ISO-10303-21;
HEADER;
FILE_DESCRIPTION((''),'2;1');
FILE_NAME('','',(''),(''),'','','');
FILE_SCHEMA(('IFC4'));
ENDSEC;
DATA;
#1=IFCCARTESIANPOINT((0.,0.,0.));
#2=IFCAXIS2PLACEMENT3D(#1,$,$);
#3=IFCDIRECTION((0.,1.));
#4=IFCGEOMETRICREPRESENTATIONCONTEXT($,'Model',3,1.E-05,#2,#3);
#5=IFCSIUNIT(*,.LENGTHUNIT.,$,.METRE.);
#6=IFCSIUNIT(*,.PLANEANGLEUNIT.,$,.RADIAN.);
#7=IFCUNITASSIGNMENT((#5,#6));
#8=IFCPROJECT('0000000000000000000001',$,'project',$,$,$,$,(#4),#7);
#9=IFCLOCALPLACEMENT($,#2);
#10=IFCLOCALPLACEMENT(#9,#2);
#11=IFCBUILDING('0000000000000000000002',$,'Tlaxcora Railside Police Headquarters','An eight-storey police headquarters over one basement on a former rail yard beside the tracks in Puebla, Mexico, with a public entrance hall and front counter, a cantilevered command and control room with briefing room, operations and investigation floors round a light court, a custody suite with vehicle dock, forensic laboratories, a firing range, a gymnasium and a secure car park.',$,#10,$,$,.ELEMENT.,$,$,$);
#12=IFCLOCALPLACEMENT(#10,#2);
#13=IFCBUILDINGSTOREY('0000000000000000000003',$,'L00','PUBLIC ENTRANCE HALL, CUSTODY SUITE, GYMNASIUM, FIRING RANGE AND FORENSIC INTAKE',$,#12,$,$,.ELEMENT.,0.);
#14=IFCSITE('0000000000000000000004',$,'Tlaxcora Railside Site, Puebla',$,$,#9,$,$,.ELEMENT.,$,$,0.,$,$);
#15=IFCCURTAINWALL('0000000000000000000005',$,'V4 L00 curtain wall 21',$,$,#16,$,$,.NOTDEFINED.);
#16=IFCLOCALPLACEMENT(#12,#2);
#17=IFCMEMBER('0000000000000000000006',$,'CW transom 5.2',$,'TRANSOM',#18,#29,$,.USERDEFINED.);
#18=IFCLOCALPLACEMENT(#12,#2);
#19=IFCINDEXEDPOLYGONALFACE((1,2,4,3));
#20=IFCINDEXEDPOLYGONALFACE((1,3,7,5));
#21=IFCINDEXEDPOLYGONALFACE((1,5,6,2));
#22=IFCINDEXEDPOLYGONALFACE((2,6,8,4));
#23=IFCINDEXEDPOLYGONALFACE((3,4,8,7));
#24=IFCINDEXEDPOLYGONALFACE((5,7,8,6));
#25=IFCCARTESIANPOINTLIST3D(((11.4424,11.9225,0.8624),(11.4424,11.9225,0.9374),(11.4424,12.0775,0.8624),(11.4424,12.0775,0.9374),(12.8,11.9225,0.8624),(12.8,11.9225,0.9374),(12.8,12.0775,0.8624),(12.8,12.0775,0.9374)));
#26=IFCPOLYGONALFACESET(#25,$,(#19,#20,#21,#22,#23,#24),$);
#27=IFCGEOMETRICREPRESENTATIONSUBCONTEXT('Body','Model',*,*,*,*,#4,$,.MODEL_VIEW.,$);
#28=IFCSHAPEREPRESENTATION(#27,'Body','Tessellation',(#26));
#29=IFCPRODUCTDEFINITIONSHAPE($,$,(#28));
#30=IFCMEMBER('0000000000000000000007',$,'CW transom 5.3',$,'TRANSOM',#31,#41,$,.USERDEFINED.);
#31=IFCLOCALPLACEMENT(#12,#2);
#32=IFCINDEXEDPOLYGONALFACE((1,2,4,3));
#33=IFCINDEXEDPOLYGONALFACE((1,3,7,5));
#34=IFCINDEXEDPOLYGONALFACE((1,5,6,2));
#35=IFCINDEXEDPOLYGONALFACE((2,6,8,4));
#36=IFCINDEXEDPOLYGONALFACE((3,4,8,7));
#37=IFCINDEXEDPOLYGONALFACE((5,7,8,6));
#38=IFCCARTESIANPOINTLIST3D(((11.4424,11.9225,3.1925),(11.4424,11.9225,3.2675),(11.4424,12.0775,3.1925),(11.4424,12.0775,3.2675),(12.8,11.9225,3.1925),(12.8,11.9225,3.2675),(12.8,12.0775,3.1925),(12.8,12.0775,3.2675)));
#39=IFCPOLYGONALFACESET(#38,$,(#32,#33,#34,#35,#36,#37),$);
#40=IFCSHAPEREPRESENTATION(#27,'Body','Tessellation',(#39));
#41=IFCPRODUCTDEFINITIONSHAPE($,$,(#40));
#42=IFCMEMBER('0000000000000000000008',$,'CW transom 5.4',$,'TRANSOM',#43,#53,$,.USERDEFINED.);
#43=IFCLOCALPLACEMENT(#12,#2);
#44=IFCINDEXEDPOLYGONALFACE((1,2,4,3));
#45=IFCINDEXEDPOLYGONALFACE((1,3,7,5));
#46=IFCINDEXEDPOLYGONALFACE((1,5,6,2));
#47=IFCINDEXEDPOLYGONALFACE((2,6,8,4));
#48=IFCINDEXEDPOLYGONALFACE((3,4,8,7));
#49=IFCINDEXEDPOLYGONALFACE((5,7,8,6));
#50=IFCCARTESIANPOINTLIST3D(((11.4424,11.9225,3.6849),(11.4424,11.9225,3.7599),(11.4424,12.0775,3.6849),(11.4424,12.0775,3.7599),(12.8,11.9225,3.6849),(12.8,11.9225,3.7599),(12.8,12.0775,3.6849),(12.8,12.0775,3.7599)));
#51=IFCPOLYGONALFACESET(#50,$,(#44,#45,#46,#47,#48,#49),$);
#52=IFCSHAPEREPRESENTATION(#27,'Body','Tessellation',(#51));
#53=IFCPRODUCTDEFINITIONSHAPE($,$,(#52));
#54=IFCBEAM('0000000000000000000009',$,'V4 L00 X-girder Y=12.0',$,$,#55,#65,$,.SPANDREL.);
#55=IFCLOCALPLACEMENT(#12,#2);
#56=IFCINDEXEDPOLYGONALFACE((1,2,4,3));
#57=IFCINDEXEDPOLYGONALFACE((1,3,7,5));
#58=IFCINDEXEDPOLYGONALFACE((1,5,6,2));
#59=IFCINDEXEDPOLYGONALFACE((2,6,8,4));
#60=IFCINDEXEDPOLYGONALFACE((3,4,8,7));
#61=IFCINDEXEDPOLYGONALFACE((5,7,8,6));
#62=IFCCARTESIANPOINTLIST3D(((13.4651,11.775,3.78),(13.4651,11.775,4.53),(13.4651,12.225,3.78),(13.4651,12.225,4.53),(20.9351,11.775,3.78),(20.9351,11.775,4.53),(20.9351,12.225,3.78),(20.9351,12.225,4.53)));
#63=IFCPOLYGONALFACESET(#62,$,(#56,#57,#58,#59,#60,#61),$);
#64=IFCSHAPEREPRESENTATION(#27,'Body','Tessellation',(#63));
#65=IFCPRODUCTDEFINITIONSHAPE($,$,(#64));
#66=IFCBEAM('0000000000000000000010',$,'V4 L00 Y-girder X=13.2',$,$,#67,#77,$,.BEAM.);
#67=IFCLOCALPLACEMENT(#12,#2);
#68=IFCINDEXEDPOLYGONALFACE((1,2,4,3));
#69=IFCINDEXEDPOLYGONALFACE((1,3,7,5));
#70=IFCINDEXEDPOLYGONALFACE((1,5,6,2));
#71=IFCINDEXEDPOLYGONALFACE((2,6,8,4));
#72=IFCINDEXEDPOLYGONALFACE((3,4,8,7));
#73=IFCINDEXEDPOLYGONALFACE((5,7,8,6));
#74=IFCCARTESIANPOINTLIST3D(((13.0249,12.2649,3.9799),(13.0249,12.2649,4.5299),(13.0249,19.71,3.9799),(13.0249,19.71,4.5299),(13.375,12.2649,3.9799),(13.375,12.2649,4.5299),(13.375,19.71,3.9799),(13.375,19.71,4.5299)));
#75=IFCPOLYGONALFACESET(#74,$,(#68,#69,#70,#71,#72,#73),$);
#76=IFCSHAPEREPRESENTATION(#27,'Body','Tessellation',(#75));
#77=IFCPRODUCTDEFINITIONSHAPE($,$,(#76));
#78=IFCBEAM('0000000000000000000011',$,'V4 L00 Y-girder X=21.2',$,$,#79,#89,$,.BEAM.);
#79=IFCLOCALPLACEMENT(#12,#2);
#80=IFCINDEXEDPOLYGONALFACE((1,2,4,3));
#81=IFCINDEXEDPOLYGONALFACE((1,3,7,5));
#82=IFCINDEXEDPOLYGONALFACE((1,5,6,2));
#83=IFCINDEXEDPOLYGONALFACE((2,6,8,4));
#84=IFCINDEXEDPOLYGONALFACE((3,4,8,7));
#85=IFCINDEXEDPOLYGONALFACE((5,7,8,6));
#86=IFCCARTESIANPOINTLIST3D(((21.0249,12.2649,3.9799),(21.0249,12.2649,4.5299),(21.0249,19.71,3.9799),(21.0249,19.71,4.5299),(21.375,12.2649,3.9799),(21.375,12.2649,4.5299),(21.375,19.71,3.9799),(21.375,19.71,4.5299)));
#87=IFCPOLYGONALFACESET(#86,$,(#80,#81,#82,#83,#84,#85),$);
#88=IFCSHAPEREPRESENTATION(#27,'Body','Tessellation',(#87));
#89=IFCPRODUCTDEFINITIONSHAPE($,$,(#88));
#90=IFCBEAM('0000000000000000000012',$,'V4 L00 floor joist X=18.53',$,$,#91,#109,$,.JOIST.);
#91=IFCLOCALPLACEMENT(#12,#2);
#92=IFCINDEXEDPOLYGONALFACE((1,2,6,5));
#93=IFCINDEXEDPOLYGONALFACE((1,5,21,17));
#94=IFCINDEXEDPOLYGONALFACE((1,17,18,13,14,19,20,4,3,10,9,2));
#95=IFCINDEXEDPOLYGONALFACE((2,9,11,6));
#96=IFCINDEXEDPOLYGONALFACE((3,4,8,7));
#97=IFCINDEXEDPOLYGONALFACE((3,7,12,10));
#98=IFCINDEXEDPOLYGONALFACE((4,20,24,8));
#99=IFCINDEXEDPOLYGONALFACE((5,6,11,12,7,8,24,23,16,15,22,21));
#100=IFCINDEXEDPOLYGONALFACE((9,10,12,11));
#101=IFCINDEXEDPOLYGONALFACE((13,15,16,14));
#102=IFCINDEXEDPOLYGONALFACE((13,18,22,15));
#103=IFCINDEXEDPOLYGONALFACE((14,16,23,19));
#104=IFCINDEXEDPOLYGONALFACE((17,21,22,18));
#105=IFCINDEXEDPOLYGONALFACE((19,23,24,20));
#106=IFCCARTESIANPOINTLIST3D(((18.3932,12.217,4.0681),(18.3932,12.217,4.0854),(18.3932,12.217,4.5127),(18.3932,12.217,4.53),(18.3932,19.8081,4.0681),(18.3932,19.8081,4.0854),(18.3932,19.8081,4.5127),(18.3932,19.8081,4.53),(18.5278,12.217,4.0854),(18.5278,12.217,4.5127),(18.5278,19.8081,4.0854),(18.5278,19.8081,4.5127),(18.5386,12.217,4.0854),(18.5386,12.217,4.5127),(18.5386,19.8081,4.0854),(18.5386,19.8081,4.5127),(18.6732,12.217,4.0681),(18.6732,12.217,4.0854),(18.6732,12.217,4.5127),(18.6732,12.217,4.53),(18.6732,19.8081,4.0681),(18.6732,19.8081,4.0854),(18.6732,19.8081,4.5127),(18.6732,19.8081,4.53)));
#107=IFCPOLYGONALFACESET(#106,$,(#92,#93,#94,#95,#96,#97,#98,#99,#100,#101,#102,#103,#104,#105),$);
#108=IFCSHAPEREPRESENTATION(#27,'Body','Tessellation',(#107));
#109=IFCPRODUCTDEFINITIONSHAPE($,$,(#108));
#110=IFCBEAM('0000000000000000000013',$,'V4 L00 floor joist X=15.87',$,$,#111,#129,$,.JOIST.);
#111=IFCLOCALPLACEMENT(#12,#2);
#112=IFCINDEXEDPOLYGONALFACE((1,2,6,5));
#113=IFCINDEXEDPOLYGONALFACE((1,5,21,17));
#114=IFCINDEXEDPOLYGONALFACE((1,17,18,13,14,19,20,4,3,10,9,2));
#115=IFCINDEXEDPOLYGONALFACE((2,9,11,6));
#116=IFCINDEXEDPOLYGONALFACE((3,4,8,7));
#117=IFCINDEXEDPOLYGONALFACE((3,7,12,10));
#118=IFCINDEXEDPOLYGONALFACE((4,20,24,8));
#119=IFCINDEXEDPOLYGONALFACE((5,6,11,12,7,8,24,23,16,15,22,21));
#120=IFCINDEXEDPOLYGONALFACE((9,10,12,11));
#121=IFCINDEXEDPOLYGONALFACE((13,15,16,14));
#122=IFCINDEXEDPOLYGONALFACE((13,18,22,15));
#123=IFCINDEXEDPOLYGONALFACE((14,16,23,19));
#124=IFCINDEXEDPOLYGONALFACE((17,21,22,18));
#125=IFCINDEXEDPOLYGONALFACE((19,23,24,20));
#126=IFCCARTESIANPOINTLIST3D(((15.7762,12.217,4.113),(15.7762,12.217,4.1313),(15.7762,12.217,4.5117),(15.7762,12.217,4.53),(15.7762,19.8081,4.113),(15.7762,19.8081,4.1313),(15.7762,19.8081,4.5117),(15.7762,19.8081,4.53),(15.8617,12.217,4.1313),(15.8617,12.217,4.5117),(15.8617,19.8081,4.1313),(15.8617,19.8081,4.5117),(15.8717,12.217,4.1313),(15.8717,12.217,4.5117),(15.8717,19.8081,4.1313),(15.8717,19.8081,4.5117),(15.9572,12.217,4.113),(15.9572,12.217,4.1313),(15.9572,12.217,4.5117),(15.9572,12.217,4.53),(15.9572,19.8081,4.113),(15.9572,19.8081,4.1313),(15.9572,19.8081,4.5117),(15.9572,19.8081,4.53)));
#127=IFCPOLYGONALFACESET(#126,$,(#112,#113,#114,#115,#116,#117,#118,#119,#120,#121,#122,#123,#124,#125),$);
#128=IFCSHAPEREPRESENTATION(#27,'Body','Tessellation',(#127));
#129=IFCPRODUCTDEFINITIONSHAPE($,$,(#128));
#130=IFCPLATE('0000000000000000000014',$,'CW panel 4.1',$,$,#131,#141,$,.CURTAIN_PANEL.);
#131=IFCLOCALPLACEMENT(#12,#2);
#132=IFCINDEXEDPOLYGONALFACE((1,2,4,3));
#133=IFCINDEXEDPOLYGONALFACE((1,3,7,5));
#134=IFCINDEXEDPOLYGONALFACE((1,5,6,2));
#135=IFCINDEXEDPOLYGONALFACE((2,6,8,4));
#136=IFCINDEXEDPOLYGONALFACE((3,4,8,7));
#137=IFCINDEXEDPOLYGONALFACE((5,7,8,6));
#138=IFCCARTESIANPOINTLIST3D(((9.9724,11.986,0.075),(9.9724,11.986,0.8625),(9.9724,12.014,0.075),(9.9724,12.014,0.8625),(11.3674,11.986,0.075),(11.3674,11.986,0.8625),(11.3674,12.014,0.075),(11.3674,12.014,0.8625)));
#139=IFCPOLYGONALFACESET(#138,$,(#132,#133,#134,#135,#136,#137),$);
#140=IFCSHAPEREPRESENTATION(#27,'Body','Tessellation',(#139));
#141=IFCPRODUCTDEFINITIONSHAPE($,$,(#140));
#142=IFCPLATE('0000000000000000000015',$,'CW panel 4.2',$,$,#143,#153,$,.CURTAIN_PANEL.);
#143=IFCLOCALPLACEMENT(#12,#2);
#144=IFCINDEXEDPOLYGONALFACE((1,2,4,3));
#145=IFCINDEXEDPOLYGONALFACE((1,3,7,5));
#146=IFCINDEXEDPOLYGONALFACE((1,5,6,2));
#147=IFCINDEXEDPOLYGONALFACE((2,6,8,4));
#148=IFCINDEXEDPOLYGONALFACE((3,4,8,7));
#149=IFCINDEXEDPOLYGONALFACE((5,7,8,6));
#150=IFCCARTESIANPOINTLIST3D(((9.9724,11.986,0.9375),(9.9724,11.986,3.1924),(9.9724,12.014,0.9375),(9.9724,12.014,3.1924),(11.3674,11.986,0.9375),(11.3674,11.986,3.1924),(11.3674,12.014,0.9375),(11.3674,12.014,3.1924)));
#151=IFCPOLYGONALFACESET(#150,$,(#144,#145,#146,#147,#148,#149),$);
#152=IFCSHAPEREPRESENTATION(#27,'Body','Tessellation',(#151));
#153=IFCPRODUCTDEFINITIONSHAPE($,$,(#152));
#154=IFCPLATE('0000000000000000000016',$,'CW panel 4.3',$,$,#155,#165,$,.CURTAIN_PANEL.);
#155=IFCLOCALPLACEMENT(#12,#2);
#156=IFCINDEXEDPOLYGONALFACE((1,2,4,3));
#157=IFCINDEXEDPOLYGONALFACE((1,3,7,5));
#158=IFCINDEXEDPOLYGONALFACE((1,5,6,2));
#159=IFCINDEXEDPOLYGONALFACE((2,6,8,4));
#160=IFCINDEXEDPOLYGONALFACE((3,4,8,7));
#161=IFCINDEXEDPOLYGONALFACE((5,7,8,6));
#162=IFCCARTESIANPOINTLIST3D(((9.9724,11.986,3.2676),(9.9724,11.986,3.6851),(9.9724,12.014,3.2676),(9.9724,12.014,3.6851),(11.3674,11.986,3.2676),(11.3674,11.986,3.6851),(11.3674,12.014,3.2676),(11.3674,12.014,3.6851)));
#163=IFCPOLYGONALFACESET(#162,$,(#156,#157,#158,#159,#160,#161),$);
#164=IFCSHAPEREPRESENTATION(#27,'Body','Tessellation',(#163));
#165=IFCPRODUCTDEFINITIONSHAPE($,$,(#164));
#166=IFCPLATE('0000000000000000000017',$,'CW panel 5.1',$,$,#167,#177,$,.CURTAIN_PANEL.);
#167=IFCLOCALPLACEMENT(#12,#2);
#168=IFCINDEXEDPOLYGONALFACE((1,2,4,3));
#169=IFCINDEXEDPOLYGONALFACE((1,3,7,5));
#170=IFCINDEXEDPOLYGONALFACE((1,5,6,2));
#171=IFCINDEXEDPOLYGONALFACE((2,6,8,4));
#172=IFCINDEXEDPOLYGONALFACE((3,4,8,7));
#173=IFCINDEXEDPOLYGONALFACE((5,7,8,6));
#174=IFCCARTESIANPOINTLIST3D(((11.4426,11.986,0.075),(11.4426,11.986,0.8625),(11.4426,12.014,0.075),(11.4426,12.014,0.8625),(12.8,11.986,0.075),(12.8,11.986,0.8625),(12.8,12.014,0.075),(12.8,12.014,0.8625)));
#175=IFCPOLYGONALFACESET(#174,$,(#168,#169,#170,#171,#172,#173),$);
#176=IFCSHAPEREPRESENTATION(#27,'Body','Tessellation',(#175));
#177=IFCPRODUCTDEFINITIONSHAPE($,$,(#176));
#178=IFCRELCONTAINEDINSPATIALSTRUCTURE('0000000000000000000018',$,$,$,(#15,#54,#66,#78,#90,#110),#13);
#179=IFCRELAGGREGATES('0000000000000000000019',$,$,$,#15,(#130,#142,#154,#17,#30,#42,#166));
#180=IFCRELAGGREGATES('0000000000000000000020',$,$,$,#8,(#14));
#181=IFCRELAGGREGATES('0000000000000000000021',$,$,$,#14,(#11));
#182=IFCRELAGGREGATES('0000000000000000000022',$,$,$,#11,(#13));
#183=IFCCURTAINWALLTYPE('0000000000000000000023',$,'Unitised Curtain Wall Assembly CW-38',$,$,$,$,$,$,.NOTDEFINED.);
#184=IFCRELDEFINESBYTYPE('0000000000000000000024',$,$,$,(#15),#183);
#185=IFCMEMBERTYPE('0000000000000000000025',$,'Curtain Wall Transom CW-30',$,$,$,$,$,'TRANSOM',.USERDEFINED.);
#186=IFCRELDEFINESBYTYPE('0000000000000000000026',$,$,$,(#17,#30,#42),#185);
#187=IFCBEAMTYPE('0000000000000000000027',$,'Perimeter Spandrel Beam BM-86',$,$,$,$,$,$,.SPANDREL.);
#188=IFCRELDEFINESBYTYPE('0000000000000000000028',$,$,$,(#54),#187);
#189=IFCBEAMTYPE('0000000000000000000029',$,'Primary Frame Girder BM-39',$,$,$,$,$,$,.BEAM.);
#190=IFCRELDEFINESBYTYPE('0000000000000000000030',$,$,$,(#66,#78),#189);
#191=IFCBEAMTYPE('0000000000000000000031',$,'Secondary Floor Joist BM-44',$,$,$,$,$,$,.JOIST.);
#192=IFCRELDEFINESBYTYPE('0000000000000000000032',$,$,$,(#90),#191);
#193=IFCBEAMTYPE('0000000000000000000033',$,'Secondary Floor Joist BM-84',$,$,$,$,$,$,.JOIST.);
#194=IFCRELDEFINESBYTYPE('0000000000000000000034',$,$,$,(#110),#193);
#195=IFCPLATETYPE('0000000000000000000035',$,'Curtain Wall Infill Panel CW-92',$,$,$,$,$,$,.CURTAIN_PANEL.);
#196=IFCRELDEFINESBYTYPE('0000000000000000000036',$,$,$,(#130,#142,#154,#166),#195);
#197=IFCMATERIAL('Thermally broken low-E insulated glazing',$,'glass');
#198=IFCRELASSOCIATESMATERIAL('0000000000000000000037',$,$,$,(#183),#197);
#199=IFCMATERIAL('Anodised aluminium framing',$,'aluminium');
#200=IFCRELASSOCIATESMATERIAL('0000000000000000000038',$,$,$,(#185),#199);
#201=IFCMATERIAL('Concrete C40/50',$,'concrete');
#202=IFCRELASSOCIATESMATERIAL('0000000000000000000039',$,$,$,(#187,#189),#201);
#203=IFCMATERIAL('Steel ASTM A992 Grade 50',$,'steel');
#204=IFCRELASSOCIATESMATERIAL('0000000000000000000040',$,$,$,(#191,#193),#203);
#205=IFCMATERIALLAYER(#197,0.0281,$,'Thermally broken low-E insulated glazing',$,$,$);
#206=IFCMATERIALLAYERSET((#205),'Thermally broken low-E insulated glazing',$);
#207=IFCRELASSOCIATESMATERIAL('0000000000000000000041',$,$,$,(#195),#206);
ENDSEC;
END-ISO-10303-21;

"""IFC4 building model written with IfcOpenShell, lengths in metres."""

from ifc_helpers import new_model, si_unit, direction, frame, origin, origin_2d, place, context, subcontext, project, spatial, rectangle, i_section, extrude, material, layer, layer_set, material_profile, profile_set, type_object, element, aggregate, save


model = new_model("IFC4")

# Units and contexts
model_context = context("Model", 3, precision=1e-05, world=origin(), true_north=direction((0.0, 1.0)))
body_context = subcontext(model_context, "Body", "Model", "MODEL_VIEW")
ifc_project = project(units=[si_unit("LENGTHUNIT", "METRE"), si_unit("PLANEANGLEUNIT", "RADIAN")], contexts=[model_context])

# Site, building, storey
site_placement = place(None, origin())
site = spatial("IfcSite", under=ifc_project, at=site_placement, Name="Tlaxcora Railside Site, Puebla", CompositionType="ELEMENT", RefElevation=0.0)
building_placement = place(site_placement, origin())
building = spatial("IfcBuilding", under=site, at=building_placement, Name="Tlaxcora Railside Police Headquarters", Description="An eight-storey police headquarters over one basement on a former rail yard beside the tracks in Puebla, Mexico, with a public entrance hall and front counter, a cantilevered command and control room with briefing room, operations and investigation floors round a light court, a custody suite with vehicle dock, forensic laboratories, a firing range, a gymnasium and a secure car park.", CompositionType="ELEMENT")
storey_placement = place(building_placement, origin())
storey = spatial("IfcBuildingStorey", under=building, at=storey_placement, Name="L00", Description="PUBLIC ENTRANCE HALL, CUSTODY SUITE, GYMNASIUM, FIRING RANGE AND FORENSIC INTAKE", CompositionType="ELEMENT", Elevation=0.0)

# Shared definitions
ifc_material_1 = material(Name="Concrete C40/50", Category="concrete")

# Curtain wall, members
ifc_material_2 = material(Name="Thermally broken low-E insulated glazing", Category="glass")
curtain_wall_type = type_object("IfcCurtainWallType", Name="Unitised Curtain Wall Assembly CW-38", PredefinedType="NOTDEFINED", material=ifc_material_2)
curtain_wall_placement = place(storey_placement, origin())
curtain_wall = element("IfcCurtainWall", 1, at=curtain_wall_placement, inside=storey, type_object=curtain_wall_type, Name="V4 L00 curtain wall 21", PredefinedType="NOTDEFINED")
ifc_material_3 = material(Name="Anodised aluminium framing", Category="aluminium")
ifc_material_profile_1 = material_profile(ifc_material_3, rectangle(XDim=0.155, YDim=0.075, at=origin_2d()), Name="AL75X155")
ifc_profile_set_1 = profile_set([ifc_material_profile_1], Name="Anodised aluminium framing")
member_type_1 = type_object("IfcMemberType", Name="Curtain Wall Transom CW-30", ElementType="TRANSOM", PredefinedType="USERDEFINED", material=ifc_profile_set_1)
member_1_placement = place(storey_placement, frame((11.4424, 12.0, 0.8999), z_axis=(1.0, 0.0, 0.0), x_axis=(0.0, 1.0, 0.0)))
member_1 = element("IfcMember", 2, at=member_1_placement, type_object=member_type_1, Name="CW transom 5.2", ObjectType="TRANSOM", PredefinedType="USERDEFINED", context=body_context, shape_type="SweptSolid", body=[
    extrude(rectangle(XDim=0.155, YDim=0.075, at=origin_2d()), origin(), (0.0, 0.0, 1.0), 1.3577),
])
member_2_placement = place(storey_placement, frame((11.4424, 12.0, 3.23), z_axis=(1.0, 0.0, 0.0), x_axis=(0.0, 1.0, 0.0)))
member_2 = element("IfcMember", 3, at=member_2_placement, type_object=member_type_1, Name="CW transom 5.3", ObjectType="TRANSOM", PredefinedType="USERDEFINED", context=body_context, shape_type="SweptSolid", body=[
    extrude(rectangle(XDim=0.155, YDim=0.075, at=origin_2d()), origin(), (0.0, 0.0, 1.0), 1.3577),
])
member_3_placement = place(storey_placement, frame((11.4424, 12.0, 3.7224), z_axis=(1.0, 0.0, 0.0), x_axis=(0.0, 1.0, 0.0)))
member_3 = element("IfcMember", 4, at=member_3_placement, type_object=member_type_1, Name="CW transom 5.4", ObjectType="TRANSOM", PredefinedType="USERDEFINED", context=body_context, shape_type="SweptSolid", body=[
    extrude(rectangle(XDim=0.155, YDim=0.075, at=origin_2d()), origin(), (0.0, 0.0, 1.0), 1.3577),
])

# Beams
ifc_material_profile_2 = material_profile(ifc_material_1, rectangle(XDim=0.45, YDim=0.75, at=origin_2d()), Name="RC450X750")
ifc_profile_set_2 = profile_set([ifc_material_profile_2], Name="Concrete C40/50")
beam_type_1 = type_object("IfcBeamType", Name="Perimeter Spandrel Beam BM-86", PredefinedType="SPANDREL", material=ifc_profile_set_2)
beam_1_placement = place(storey_placement, frame((13.4651, 12.0, 4.155), z_axis=(1.0, 0.0, 0.0), x_axis=(0.0, 1.0, 0.0)))
element("IfcBeam", 5, at=beam_1_placement, inside=storey, type_object=beam_type_1, Name="V4 L00 X-girder Y=12.0", PredefinedType="SPANDREL", context=body_context, shape_type="SweptSolid", body=[
    extrude(rectangle(XDim=0.45, YDim=0.75, at=origin_2d()), origin(), (0.0, 0.0, 1.0), 7.47),
])
ifc_material_profile_3 = material_profile(ifc_material_1, rectangle(XDim=0.3501, YDim=0.55, at=origin_2d()), Name="RC350X550")
ifc_profile_set_3 = profile_set([ifc_material_profile_3], Name="Concrete C40/50")
beam_type_2 = type_object("IfcBeamType", Name="Primary Frame Girder BM-39", PredefinedType="BEAM", material=ifc_profile_set_3)
for number, where, z_axis, x_axis, name in (
    (6, (13.2, 12.2649, 4.2549), (0.0, 1.0, 0.0), (-1.0, 0.0, 0.0), "V4 L00 Y-girder X=13.2"),
    (7, (21.2, 12.2649, 4.2549), (0.0, 1.0, 0.0), (-1.0, 0.0, 0.0), "V4 L00 Y-girder X=21.2"),
):
    element("IfcBeam", number, at=place(storey_placement, frame(where, z_axis=z_axis, x_axis=x_axis)), inside=storey, type_object=beam_type_2, Name=name, PredefinedType="BEAM", context=body_context, shape_type="SweptSolid", body=[
        extrude(rectangle(XDim=0.3501, YDim=0.55, at=origin_2d()), origin(), (0.0, 0.0, 1.0), 7.4451),
    ])
ifc_material_4 = material(Name="Steel ASTM A992 Grade 50", Category="steel")
ifc_material_profile_4 = material_profile(ifc_material_4, i_section(OverallWidth=0.28, OverallDepth=0.4619, WebThickness=0.0107, FlangeThickness=0.0173, at=origin_2d()), Name="W18X76")
ifc_profile_set_4 = profile_set([ifc_material_profile_4], Name="Steel ASTM A992 Grade 50")
beam_type_3 = type_object("IfcBeamType", Name="Secondary Floor Joist BM-44", PredefinedType="JOIST", material=ifc_profile_set_4)
beam_2_placement = place(storey_placement, frame((18.5332, 12.217, 4.2991), z_axis=(0.0, 1.0, 0.0), x_axis=(-1.0, 0.0, 0.0)))
element("IfcBeam", 8, at=beam_2_placement, inside=storey, type_object=beam_type_3, Name="V4 L00 floor joist X=18.53", PredefinedType="JOIST", context=body_context, shape_type="SweptSolid", body=[
    extrude(i_section(OverallWidth=0.28, OverallDepth=0.4619, WebThickness=0.0107, FlangeThickness=0.0173, at=origin_2d()), origin(), (0.0, 0.0, 1.0), 7.5911),
])
ifc_material_profile_5 = material_profile(ifc_material_4, i_section(OverallWidth=0.1809, OverallDepth=0.417, WebThickness=0.01, FlangeThickness=0.0183, at=origin_2d()), Name="W16X57")
ifc_profile_set_5 = profile_set([ifc_material_profile_5], Name="Steel ASTM A992 Grade 50")
beam_type_4 = type_object("IfcBeamType", Name="Secondary Floor Joist BM-84", PredefinedType="JOIST", material=ifc_profile_set_5)
beam_3_placement = place(storey_placement, frame((15.8667, 12.217, 4.3215), z_axis=(0.0, 1.0, 0.0), x_axis=(-1.0, 0.0, 0.0)))
element("IfcBeam", 9, at=beam_3_placement, inside=storey, type_object=beam_type_4, Name="V4 L00 floor joist X=15.87", PredefinedType="JOIST", context=body_context, shape_type="SweptSolid", body=[
    extrude(i_section(OverallWidth=0.1809, OverallDepth=0.417, WebThickness=0.01, FlangeThickness=0.0183, at=origin_2d()), origin(), (0.0, 0.0, 1.0), 7.5911),
])

# Plates
ifc_layer_1 = layer(ifc_material_2, 0.0281, Name="Thermally broken low-E insulated glazing")
ifc_layer_set_1 = layer_set([ifc_layer_1], Name="Thermally broken low-E insulated glazing")
plate_type = type_object("IfcPlateType", Name="Curtain Wall Infill Panel CW-92", PredefinedType="CURTAIN_PANEL", material=ifc_layer_set_1)
plate_1_placement = place(storey_placement, frame((10.6699, 12.0, 0.075), z_axis=(0.0, 0.0, 1.0), x_axis=(1.0, 0.0, 0.0)))
plate_1 = element("IfcPlate", 10, at=plate_1_placement, type_object=plate_type, Name="CW panel 4.1", PredefinedType="CURTAIN_PANEL", context=body_context, shape_type="SweptSolid", body=[
    extrude(rectangle(XDim=1.395, YDim=0.0281, at=origin_2d()), origin(), (0.0, 0.0, 1.0), 0.7876),
])
plate_2_placement = place(storey_placement, frame((10.6699, 12.0, 0.9375), z_axis=(0.0, 0.0, 1.0), x_axis=(1.0, 0.0, 0.0)))
plate_2 = element("IfcPlate", 11, at=plate_2_placement, type_object=plate_type, Name="CW panel 4.2", PredefinedType="CURTAIN_PANEL", context=body_context, shape_type="SweptSolid", body=[
    extrude(rectangle(XDim=1.395, YDim=0.0281, at=origin_2d()), origin(), (0.0, 0.0, 1.0), 2.2549),
])
plate_3_placement = place(storey_placement, frame((10.6699, 12.0, 3.2676), z_axis=(0.0, 0.0, 1.0), x_axis=(1.0, 0.0, 0.0)))
plate_3 = element("IfcPlate", 12, at=plate_3_placement, type_object=plate_type, Name="CW panel 4.3", PredefinedType="CURTAIN_PANEL", context=body_context, shape_type="SweptSolid", body=[
    extrude(rectangle(XDim=1.395, YDim=0.0281, at=origin_2d()), origin(), (0.0, 0.0, 1.0), 0.4175),
])
plate_4_placement = place(storey_placement, frame((12.1213, 12.0, 0.075), z_axis=(0.0, 0.0, 1.0), x_axis=(1.0, 0.0, 0.0)))
plate_4 = element("IfcPlate", 13, at=plate_4_placement, type_object=plate_type, Name="CW panel 5.1", PredefinedType="CURTAIN_PANEL", context=body_context, shape_type="SweptSolid", body=[
    extrude(rectangle(XDim=1.3574, YDim=0.0281, at=origin_2d()), origin(), (0.0, 0.0, 1.0), 0.7876),
])
aggregate(curtain_wall, [plate_1, plate_2, plate_3, member_1, member_2, member_3, plate_4])

save(model, "model.ifc")
